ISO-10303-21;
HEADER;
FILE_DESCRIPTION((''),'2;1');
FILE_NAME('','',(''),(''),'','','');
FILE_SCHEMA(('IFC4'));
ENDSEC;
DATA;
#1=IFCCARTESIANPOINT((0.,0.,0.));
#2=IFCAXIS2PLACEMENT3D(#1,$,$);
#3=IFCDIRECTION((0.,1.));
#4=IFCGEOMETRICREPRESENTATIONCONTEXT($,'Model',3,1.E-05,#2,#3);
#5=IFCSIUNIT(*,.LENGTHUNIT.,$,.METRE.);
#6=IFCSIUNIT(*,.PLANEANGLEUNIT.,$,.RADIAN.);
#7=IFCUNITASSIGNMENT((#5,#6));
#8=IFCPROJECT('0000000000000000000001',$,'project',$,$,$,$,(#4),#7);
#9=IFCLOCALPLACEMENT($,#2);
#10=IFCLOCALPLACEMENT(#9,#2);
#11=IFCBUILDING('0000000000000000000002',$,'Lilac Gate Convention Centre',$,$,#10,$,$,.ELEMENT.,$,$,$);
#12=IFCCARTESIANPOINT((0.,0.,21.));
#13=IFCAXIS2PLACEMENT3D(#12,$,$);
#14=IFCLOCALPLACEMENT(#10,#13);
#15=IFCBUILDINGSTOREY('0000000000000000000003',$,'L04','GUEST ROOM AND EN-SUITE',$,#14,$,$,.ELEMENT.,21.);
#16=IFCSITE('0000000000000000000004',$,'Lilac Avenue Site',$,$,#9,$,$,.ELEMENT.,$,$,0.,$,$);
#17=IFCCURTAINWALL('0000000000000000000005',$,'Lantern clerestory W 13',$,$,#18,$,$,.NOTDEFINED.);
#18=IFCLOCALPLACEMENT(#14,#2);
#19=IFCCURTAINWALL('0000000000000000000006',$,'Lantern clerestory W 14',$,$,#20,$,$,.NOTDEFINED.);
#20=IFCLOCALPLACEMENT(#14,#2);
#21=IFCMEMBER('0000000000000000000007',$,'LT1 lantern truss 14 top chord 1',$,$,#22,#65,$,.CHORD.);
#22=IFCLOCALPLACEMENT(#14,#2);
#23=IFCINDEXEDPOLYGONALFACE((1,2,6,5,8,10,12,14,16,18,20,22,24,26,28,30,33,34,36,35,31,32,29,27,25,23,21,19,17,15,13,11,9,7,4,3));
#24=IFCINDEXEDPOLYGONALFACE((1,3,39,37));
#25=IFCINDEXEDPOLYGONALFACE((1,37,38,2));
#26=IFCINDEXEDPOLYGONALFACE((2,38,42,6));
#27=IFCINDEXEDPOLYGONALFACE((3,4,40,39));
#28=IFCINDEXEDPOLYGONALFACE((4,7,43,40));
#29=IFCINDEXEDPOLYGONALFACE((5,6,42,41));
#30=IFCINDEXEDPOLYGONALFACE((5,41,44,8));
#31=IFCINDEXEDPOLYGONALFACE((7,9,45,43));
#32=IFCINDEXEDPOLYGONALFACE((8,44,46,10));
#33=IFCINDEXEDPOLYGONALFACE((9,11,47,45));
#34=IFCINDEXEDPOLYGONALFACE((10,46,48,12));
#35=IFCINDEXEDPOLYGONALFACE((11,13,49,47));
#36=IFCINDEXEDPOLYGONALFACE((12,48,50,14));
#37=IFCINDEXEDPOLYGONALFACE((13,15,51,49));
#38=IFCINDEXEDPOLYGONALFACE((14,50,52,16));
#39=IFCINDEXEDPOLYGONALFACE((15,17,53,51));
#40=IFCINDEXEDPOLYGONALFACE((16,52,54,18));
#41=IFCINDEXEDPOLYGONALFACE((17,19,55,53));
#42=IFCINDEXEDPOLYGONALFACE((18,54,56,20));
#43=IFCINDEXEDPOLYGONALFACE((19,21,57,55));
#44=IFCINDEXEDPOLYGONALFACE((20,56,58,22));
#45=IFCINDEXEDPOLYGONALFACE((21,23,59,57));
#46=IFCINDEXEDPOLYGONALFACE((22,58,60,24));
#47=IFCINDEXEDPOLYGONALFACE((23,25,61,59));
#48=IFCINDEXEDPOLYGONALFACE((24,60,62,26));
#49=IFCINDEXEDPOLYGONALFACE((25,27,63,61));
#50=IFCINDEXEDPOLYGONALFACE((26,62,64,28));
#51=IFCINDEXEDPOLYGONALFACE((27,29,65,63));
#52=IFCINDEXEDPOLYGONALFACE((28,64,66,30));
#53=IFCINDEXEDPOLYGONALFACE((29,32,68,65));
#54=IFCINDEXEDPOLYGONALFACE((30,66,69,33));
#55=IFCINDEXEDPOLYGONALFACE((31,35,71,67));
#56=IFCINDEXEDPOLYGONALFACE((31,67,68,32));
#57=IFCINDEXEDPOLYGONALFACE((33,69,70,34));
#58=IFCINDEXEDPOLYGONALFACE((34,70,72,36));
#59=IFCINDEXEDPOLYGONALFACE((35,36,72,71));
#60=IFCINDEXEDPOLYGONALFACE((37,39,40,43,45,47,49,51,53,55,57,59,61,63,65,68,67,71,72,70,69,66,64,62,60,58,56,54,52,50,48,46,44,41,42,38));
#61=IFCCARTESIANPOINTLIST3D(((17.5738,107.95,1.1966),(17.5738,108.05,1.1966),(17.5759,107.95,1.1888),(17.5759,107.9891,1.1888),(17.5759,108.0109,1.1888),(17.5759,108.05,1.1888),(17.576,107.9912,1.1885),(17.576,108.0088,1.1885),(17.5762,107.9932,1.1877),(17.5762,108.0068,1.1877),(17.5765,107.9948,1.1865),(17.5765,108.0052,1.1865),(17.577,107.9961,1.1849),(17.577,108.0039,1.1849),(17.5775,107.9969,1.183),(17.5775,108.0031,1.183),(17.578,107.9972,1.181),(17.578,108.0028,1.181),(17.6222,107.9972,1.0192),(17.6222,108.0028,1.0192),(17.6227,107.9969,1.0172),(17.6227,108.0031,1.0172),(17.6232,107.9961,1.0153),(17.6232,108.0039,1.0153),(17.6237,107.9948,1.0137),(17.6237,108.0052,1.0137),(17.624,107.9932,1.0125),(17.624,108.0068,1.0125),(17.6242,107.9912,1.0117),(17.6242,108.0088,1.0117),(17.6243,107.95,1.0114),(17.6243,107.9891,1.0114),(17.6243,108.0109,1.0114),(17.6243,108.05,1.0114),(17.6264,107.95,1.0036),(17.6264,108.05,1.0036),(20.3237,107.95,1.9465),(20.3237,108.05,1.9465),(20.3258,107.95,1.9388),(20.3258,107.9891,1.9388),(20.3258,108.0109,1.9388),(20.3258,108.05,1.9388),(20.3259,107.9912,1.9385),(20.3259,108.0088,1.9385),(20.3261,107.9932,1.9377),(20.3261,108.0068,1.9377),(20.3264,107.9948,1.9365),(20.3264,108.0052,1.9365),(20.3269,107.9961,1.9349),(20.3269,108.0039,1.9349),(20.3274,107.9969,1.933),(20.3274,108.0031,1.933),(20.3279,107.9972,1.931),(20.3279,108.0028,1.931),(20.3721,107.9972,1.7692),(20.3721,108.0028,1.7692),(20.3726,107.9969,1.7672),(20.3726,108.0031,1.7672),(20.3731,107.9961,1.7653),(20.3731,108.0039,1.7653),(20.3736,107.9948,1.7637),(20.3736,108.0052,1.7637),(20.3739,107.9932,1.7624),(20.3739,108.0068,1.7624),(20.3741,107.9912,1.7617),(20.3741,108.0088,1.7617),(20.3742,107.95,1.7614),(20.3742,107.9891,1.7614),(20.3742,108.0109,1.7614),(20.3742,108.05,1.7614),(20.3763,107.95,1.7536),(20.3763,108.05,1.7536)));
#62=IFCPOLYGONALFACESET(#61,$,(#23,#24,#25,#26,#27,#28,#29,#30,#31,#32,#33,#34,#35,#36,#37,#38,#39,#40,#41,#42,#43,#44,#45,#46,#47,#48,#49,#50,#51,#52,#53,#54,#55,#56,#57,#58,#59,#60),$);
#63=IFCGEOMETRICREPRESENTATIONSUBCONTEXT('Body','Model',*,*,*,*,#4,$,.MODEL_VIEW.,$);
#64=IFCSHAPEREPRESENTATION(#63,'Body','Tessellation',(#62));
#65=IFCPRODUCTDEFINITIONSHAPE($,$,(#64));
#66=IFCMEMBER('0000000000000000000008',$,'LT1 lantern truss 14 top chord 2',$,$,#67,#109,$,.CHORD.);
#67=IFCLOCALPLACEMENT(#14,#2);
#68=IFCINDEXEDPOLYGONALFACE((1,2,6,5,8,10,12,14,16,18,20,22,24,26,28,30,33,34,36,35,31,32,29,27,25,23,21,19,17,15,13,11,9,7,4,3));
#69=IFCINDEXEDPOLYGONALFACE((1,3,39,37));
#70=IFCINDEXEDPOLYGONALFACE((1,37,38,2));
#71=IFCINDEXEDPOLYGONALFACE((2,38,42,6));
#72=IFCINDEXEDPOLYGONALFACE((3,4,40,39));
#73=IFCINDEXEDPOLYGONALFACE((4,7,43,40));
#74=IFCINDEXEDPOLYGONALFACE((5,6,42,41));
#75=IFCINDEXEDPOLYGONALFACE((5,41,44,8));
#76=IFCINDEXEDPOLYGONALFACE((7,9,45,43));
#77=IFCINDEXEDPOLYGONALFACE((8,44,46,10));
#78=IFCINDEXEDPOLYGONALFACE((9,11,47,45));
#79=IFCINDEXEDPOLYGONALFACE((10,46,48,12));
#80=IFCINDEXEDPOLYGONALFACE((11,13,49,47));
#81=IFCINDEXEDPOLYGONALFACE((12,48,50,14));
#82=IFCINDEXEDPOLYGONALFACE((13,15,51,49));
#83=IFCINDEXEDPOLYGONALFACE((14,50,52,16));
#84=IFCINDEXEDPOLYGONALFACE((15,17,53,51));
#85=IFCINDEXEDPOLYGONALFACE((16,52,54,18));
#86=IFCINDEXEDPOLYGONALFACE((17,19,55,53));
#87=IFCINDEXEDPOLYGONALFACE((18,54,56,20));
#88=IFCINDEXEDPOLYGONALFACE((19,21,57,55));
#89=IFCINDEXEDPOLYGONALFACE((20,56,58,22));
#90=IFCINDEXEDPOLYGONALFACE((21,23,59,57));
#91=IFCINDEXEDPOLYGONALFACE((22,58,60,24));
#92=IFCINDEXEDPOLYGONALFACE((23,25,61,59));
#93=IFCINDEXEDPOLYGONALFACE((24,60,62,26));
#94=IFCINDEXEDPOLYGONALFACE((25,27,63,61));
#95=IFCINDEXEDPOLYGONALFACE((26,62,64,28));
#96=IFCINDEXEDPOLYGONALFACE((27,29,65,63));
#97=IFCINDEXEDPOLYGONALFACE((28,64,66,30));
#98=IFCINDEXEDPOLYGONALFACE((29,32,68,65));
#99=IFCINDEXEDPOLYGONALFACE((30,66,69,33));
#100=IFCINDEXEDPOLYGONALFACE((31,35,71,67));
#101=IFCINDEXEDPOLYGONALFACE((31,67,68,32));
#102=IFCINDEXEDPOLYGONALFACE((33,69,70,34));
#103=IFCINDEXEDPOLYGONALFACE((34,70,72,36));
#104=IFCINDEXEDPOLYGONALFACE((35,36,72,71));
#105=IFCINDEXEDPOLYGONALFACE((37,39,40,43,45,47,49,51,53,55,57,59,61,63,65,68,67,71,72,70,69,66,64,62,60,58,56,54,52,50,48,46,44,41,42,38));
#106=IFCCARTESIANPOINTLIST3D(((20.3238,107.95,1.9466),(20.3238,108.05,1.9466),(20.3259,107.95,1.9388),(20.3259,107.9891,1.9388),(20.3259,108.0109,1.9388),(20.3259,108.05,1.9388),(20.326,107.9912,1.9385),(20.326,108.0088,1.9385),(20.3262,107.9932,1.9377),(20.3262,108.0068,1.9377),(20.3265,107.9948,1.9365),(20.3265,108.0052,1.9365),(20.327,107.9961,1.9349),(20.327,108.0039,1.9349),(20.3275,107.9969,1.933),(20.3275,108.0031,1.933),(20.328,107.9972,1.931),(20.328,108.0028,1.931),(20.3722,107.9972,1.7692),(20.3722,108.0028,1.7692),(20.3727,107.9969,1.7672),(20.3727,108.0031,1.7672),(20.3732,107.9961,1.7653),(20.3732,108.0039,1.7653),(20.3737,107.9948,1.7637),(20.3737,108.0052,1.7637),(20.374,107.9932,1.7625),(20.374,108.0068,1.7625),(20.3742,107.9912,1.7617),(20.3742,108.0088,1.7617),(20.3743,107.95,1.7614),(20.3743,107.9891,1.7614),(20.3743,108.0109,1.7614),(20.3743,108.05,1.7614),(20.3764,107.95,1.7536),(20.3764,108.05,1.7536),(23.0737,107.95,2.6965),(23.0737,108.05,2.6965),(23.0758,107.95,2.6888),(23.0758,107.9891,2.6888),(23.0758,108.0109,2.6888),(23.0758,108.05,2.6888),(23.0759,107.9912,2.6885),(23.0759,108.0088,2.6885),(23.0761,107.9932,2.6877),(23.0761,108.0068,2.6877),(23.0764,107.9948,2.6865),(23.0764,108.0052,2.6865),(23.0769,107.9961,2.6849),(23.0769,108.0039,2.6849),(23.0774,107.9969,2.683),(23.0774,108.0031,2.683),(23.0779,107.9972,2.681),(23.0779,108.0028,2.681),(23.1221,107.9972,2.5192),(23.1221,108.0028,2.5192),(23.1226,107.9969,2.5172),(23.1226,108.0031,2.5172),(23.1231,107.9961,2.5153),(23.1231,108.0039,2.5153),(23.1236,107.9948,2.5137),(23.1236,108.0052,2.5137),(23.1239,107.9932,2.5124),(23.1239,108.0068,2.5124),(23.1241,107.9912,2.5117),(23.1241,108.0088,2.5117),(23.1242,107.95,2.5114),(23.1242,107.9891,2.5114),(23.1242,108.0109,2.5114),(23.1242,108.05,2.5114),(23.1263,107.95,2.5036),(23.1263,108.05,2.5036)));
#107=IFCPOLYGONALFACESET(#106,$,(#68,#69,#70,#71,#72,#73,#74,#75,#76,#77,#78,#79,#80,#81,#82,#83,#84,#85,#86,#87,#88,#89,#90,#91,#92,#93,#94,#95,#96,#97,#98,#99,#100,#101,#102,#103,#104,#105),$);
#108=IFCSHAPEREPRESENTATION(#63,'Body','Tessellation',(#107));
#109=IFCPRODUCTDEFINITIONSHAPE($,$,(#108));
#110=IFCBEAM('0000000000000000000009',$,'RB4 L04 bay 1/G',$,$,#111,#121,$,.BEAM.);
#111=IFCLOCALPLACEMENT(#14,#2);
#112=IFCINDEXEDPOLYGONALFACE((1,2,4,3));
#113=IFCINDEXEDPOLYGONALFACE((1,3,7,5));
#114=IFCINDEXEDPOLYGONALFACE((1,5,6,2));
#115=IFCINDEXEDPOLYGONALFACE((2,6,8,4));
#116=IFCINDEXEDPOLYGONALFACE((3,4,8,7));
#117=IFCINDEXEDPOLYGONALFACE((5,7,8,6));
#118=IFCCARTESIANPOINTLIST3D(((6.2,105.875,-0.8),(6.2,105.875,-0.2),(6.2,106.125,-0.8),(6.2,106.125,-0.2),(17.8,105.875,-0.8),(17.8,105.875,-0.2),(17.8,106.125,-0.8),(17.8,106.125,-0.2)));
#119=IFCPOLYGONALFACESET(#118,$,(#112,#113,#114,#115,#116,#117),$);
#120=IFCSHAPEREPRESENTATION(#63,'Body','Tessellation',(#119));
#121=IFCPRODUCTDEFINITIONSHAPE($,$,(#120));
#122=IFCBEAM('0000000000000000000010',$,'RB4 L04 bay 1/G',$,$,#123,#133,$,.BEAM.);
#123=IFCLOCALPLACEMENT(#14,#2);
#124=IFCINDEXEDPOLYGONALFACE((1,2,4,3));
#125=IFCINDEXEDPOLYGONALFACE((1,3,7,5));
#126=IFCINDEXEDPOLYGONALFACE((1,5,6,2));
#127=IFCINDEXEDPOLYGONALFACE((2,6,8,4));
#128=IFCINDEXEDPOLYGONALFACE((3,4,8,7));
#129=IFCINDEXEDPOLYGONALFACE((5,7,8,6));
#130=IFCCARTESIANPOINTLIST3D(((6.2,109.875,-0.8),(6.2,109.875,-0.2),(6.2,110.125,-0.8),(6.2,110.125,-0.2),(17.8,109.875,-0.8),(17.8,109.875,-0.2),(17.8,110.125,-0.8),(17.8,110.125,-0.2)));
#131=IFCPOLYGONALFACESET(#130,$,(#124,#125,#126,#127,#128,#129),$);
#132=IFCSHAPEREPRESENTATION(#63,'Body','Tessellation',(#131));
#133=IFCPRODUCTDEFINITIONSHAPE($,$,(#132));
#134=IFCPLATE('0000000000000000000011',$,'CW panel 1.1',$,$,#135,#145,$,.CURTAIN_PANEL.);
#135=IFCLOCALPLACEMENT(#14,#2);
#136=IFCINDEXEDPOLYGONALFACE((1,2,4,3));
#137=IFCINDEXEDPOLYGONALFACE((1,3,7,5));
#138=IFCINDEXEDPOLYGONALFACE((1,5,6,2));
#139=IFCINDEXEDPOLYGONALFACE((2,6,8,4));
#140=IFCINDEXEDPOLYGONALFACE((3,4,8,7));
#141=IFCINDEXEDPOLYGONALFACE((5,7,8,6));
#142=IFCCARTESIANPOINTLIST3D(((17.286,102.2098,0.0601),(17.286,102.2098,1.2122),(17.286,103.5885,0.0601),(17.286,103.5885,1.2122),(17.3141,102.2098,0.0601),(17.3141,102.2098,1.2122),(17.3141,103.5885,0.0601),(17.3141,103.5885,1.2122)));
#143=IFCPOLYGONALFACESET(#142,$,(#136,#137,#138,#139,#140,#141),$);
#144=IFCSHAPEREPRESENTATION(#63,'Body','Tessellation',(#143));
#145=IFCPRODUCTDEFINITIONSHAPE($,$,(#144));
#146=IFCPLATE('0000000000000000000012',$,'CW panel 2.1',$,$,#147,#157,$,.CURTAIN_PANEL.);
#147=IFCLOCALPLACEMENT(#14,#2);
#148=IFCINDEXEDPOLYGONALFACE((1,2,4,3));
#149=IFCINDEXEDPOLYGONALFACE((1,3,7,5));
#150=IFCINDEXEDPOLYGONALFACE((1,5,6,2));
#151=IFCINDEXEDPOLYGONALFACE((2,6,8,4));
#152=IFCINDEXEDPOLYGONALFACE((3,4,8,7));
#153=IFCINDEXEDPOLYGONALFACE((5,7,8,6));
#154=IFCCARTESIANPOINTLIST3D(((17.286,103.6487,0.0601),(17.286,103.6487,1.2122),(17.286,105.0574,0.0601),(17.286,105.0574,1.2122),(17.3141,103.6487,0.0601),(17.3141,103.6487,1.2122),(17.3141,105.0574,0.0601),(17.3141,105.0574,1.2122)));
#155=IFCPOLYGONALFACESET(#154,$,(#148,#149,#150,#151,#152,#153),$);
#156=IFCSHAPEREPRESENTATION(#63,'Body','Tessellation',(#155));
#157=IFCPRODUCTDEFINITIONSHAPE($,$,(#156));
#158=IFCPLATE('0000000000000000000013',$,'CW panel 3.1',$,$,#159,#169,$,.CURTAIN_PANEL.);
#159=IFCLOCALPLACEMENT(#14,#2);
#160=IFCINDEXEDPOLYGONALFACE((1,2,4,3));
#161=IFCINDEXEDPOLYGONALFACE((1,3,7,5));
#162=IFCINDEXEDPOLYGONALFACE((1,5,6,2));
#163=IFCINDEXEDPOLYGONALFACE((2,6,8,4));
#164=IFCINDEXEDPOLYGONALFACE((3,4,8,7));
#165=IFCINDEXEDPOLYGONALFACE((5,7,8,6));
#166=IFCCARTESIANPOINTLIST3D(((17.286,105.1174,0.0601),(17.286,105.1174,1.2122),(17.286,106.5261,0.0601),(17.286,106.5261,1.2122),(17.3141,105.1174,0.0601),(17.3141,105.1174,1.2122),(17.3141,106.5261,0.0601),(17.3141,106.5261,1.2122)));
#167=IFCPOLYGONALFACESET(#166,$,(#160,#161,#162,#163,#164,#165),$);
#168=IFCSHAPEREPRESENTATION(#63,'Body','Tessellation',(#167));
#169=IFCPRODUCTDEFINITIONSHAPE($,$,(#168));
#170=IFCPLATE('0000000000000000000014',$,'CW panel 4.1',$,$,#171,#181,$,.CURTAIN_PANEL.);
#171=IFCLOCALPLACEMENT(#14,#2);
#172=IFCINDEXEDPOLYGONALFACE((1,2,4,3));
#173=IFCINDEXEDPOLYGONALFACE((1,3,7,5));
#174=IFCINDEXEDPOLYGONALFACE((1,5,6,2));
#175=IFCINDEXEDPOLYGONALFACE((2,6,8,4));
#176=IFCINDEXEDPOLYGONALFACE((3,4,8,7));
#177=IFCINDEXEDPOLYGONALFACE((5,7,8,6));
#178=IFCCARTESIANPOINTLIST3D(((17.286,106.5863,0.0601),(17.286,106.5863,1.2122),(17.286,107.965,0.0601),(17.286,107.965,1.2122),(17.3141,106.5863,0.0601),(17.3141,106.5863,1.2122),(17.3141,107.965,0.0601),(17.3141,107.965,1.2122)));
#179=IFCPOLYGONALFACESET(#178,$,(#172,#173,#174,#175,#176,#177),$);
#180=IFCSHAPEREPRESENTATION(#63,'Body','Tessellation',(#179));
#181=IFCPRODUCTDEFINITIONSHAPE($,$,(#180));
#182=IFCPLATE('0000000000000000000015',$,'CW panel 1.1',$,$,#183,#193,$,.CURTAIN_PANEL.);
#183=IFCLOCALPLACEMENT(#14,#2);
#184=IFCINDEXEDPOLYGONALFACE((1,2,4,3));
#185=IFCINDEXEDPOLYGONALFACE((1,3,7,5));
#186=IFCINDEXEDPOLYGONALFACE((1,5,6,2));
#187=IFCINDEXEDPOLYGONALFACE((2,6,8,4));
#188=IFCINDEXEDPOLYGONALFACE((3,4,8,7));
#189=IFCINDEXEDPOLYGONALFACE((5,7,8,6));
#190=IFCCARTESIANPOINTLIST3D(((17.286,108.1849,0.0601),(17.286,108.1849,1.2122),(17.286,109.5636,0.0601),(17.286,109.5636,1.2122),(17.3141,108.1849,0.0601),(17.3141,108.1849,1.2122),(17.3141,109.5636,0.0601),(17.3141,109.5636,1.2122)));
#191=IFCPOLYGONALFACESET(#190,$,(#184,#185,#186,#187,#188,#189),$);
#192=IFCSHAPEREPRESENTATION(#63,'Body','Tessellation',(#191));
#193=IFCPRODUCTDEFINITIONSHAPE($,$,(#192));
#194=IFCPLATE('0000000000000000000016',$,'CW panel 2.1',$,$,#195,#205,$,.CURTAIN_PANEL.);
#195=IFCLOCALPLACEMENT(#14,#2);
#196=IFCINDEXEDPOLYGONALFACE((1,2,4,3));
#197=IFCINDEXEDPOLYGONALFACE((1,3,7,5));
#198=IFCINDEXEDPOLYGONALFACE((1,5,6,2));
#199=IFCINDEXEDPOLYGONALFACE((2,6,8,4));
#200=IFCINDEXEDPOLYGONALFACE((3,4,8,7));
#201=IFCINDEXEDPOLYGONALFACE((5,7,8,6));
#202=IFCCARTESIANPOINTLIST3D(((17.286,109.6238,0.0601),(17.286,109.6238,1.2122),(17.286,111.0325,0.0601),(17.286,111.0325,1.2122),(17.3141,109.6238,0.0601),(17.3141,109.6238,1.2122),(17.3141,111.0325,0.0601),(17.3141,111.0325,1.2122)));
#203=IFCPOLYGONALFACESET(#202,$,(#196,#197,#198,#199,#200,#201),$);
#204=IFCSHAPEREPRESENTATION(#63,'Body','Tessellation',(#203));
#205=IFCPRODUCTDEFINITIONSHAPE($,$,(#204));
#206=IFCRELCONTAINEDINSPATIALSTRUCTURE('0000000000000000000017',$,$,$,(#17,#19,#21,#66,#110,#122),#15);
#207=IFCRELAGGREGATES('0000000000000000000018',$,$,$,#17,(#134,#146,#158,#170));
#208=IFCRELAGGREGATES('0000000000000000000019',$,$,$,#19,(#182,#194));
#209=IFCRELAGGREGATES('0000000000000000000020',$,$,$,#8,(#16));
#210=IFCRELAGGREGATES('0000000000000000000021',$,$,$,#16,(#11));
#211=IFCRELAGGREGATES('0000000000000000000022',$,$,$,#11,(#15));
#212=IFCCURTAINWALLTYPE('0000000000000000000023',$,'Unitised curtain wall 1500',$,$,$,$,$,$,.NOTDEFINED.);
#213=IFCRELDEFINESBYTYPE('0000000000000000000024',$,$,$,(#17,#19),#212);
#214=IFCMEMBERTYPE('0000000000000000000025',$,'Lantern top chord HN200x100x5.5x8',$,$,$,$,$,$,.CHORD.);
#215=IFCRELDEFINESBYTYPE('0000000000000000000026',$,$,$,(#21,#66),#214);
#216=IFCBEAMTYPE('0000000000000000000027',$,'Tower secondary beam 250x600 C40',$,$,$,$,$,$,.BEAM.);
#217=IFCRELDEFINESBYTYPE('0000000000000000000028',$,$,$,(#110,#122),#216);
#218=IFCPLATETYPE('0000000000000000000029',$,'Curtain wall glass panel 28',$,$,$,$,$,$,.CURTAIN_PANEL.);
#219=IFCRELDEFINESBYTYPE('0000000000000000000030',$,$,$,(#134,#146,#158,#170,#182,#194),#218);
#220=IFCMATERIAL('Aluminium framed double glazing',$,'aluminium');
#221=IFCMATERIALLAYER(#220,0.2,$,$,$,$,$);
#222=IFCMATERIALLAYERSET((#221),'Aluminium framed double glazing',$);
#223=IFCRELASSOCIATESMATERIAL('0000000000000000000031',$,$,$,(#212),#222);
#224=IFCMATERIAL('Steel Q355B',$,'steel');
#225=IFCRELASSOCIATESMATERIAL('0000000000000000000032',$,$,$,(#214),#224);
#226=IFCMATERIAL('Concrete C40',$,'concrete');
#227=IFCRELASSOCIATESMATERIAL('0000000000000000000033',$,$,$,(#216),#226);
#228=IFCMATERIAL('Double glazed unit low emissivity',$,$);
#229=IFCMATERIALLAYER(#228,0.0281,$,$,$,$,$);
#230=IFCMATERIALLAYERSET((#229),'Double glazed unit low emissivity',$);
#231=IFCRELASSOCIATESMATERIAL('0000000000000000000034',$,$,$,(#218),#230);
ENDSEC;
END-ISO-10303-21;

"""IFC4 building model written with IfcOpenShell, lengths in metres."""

from ifc_helpers import new_model, si_unit, direction, frame, origin, origin_2d, place, context, subcontext, project, spatial, rectangle, i_section, extrude, material, layer, layer_set, material_profile, profile_set, type_object, element, aggregate, save


model = new_model("IFC4")

# Units and contexts
model_context = context("Model", 3, precision=1e-05, world=origin(), true_north=direction((0.0, 1.0)))
body_context = subcontext(model_context, "Body", "Model", "MODEL_VIEW")
ifc_project = project(units=[si_unit("LENGTHUNIT", "METRE"), si_unit("PLANEANGLEUNIT", "RADIAN")], contexts=[model_context])

# Site, building, storey
site_placement = place(None, origin())
site = spatial("IfcSite", under=ifc_project, at=site_placement, Name="Lilac Avenue Site", CompositionType="ELEMENT", RefElevation=0.0)
building_placement = place(site_placement, origin())
building = spatial("IfcBuilding", under=site, at=building_placement, Name="Lilac Gate Convention Centre", CompositionType="ELEMENT")
storey_placement = place(building_placement, frame((0.0, 0.0, 21.0)))
storey = spatial("IfcBuildingStorey", under=building, at=storey_placement, Name="L04", Description="GUEST ROOM AND EN-SUITE", CompositionType="ELEMENT", Elevation=21.0)

# Curtain walls
ifc_material_1 = material(Name="Aluminium framed double glazing", Category="aluminium")
ifc_layer_1 = layer(ifc_material_1, 0.2)
ifc_layer_set_1 = layer_set([ifc_layer_1], Name="Aluminium framed double glazing")
curtain_wall_type = type_object("IfcCurtainWallType", Name="Unitised curtain wall 1500", PredefinedType="NOTDEFINED", material=ifc_layer_set_1)
curtain_wall_1_placement = place(storey_placement, origin())
curtain_wall_1 = element("IfcCurtainWall", 1, at=curtain_wall_1_placement, inside=storey, type_object=curtain_wall_type, Name="Lantern clerestory W 13", PredefinedType="NOTDEFINED")
curtain_wall_2_placement = place(storey_placement, origin())
curtain_wall_2 = element("IfcCurtainWall", 2, at=curtain_wall_2_placement, inside=storey, type_object=curtain_wall_type, Name="Lantern clerestory W 14", PredefinedType="NOTDEFINED")

# Members
ifc_material_2 = material(Name="Steel Q355B", Category="steel")
ifc_material_profile_1 = material_profile(ifc_material_2, i_section(OverallWidth=0.1001, OverallDepth=0.2, WebThickness=0.0056, FlangeThickness=0.0081, FilletRadius=0.0081, at=origin_2d()), Name="HN200x100x5.5x8")
ifc_profile_set_1 = profile_set([ifc_material_profile_1], Name="Steel Q355B")
member_type_1 = type_object("IfcMemberType", Name="Lantern top chord HN200x100x5.5x8", PredefinedType="CHORD", material=ifc_profile_set_1)
for number, where, z_axis, x_axis, name in (
    (3, (17.6001, 108.0, 1.1001), (0.964764, 0.0, 0.263117), (0.0, 1.0, 0.0), "LT1 lantern truss 14 top chord 1"),
    (4, (20.3501, 108.0, 1.8501), (0.964764, 0.0, 0.263117), (0.0, 1.0, 0.0), "LT1 lantern truss 14 top chord 2"),
):
    element("IfcMember", number, at=place(storey_placement, frame(where, z_axis=z_axis, x_axis=x_axis)), inside=storey, type_object=member_type_1, Name=name, PredefinedType="CHORD", context=body_context, shape_type="SweptSolid", body=[
        extrude(i_section(OverallWidth=0.1001, OverallDepth=0.2, WebThickness=0.0056, FlangeThickness=0.0081, FilletRadius=0.0081, at=origin_2d()), origin(), (0.0, 0.0, 1.0), 2.8503),
    ])

# Beams
ifc_material_3 = material(Name="Concrete C40", Category="concrete")
ifc_material_profile_2 = material_profile(ifc_material_3, rectangle(XDim=0.25, YDim=0.6001, at=origin_2d()), Name="RC 250x600")
ifc_profile_set_2 = profile_set([ifc_material_profile_2], Name="Concrete C40")
beam_type = type_object("IfcBeamType", Name="Tower secondary beam 250x600 C40", PredefinedType="BEAM", material=ifc_profile_set_2)
for number, where, z_axis, x_axis, name in (
    (5, (6.2, 106.0, -0.5), (1.0, 0.0, 0.0), (0.0, 1.0, 0.0), "RB4 L04 bay 1/G"),
    (6, (6.2, 110.0, -0.5), (1.0, 0.0, 0.0), (0.0, 1.0, 0.0), "RB4 L04 bay 1/G"),
):
    element("IfcBeam", number, at=place(storey_placement, frame(where, z_axis=z_axis, x_axis=x_axis)), inside=storey, type_object=beam_type, Name=name, PredefinedType="BEAM", context=body_context, shape_type="SweptSolid", body=[
        extrude(rectangle(XDim=0.25, YDim=0.6001, at=origin_2d()), origin(), (0.0, 0.0, 1.0), 11.6001),
    ])

# Plates
ifc_material_4 = material(Name="Double glazed unit low emissivity")
ifc_layer_2 = layer(ifc_material_4, 0.0281)
ifc_layer_set_2 = layer_set([ifc_layer_2], Name="Double glazed unit low emissivity")
plate_type = type_object("IfcPlateType", Name="Curtain wall glass panel 28", PredefinedType="CURTAIN_PANEL", material=ifc_layer_set_2)
plate_1_placement = place(storey_placement, frame((17.3, 102.8992, 0.0601), z_axis=(0.0, 0.0, 1.0), x_axis=(0.0, 1.0, 0.0)))
plate_1 = element("IfcPlate", 7, at=plate_1_placement, type_object=plate_type, Name="CW panel 1.1", PredefinedType="CURTAIN_PANEL", context=body_context, shape_type="SweptSolid", body=[
    extrude(rectangle(XDim=1.3787, YDim=0.0281, at=origin_2d()), origin(), (0.0, 0.0, 1.0), 1.1521),
])
plate_2_placement = place(storey_placement, frame((17.3, 104.353, 0.0601), z_axis=(0.0, 0.0, 1.0), x_axis=(0.0, 1.0, 0.0)))
plate_2 = element("IfcPlate", 8, at=plate_2_placement, type_object=plate_type, Name="CW panel 2.1", PredefinedType="CURTAIN_PANEL", context=body_context, shape_type="SweptSolid", body=[
    extrude(rectangle(XDim=1.4087, YDim=0.0281, at=origin_2d()), origin(), (0.0, 0.0, 1.0), 1.1521),
])
plate_3_placement = place(storey_placement, frame((17.3, 105.8218, 0.0601), z_axis=(0.0, 0.0, 1.0), x_axis=(0.0, 1.0, 0.0)))
plate_3 = element("IfcPlate", 9, at=plate_3_placement, type_object=plate_type, Name="CW panel 3.1", PredefinedType="CURTAIN_PANEL", context=body_context, shape_type="SweptSolid", body=[
    extrude(rectangle(XDim=1.4087, YDim=0.0281, at=origin_2d()), origin(), (0.0, 0.0, 1.0), 1.1521),
])
plate_4_placement = place(storey_placement, frame((17.3, 107.2756, 0.0601), z_axis=(0.0, 0.0, 1.0), x_axis=(0.0, 1.0, 0.0)))
plate_4 = element("IfcPlate", 10, at=plate_4_placement, type_object=plate_type, Name="CW panel 4.1", PredefinedType="CURTAIN_PANEL", context=body_context, shape_type="SweptSolid", body=[
    extrude(rectangle(XDim=1.3787, YDim=0.0281, at=origin_2d()), origin(), (0.0, 0.0, 1.0), 1.1521),
])
aggregate(curtain_wall_1, [plate_1, plate_2, plate_3, plate_4])
plate_5_placement = place(storey_placement, frame((17.3, 108.8743, 0.0601), z_axis=(0.0, 0.0, 1.0), x_axis=(0.0, 1.0, 0.0)))
plate_5 = element("IfcPlate", 11, at=plate_5_placement, type_object=plate_type, Name="CW panel 1.1", PredefinedType="CURTAIN_PANEL", context=body_context, shape_type="SweptSolid", body=[
    extrude(rectangle(XDim=1.3787, YDim=0.0281, at=origin_2d()), origin(), (0.0, 0.0, 1.0), 1.1521),
])
plate_6_placement = place(storey_placement, frame((17.3, 110.3281, 0.0601), z_axis=(0.0, 0.0, 1.0), x_axis=(0.0, 1.0, 0.0)))
plate_6 = element("IfcPlate", 12, at=plate_6_placement, type_object=plate_type, Name="CW panel 2.1", PredefinedType="CURTAIN_PANEL", context=body_context, shape_type="SweptSolid", body=[
    extrude(rectangle(XDim=1.4087, YDim=0.0281, at=origin_2d()), origin(), (0.0, 0.0, 1.0), 1.1521),
])
aggregate(curtain_wall_2, [plate_5, plate_6])

save(model, "model.ifc")
